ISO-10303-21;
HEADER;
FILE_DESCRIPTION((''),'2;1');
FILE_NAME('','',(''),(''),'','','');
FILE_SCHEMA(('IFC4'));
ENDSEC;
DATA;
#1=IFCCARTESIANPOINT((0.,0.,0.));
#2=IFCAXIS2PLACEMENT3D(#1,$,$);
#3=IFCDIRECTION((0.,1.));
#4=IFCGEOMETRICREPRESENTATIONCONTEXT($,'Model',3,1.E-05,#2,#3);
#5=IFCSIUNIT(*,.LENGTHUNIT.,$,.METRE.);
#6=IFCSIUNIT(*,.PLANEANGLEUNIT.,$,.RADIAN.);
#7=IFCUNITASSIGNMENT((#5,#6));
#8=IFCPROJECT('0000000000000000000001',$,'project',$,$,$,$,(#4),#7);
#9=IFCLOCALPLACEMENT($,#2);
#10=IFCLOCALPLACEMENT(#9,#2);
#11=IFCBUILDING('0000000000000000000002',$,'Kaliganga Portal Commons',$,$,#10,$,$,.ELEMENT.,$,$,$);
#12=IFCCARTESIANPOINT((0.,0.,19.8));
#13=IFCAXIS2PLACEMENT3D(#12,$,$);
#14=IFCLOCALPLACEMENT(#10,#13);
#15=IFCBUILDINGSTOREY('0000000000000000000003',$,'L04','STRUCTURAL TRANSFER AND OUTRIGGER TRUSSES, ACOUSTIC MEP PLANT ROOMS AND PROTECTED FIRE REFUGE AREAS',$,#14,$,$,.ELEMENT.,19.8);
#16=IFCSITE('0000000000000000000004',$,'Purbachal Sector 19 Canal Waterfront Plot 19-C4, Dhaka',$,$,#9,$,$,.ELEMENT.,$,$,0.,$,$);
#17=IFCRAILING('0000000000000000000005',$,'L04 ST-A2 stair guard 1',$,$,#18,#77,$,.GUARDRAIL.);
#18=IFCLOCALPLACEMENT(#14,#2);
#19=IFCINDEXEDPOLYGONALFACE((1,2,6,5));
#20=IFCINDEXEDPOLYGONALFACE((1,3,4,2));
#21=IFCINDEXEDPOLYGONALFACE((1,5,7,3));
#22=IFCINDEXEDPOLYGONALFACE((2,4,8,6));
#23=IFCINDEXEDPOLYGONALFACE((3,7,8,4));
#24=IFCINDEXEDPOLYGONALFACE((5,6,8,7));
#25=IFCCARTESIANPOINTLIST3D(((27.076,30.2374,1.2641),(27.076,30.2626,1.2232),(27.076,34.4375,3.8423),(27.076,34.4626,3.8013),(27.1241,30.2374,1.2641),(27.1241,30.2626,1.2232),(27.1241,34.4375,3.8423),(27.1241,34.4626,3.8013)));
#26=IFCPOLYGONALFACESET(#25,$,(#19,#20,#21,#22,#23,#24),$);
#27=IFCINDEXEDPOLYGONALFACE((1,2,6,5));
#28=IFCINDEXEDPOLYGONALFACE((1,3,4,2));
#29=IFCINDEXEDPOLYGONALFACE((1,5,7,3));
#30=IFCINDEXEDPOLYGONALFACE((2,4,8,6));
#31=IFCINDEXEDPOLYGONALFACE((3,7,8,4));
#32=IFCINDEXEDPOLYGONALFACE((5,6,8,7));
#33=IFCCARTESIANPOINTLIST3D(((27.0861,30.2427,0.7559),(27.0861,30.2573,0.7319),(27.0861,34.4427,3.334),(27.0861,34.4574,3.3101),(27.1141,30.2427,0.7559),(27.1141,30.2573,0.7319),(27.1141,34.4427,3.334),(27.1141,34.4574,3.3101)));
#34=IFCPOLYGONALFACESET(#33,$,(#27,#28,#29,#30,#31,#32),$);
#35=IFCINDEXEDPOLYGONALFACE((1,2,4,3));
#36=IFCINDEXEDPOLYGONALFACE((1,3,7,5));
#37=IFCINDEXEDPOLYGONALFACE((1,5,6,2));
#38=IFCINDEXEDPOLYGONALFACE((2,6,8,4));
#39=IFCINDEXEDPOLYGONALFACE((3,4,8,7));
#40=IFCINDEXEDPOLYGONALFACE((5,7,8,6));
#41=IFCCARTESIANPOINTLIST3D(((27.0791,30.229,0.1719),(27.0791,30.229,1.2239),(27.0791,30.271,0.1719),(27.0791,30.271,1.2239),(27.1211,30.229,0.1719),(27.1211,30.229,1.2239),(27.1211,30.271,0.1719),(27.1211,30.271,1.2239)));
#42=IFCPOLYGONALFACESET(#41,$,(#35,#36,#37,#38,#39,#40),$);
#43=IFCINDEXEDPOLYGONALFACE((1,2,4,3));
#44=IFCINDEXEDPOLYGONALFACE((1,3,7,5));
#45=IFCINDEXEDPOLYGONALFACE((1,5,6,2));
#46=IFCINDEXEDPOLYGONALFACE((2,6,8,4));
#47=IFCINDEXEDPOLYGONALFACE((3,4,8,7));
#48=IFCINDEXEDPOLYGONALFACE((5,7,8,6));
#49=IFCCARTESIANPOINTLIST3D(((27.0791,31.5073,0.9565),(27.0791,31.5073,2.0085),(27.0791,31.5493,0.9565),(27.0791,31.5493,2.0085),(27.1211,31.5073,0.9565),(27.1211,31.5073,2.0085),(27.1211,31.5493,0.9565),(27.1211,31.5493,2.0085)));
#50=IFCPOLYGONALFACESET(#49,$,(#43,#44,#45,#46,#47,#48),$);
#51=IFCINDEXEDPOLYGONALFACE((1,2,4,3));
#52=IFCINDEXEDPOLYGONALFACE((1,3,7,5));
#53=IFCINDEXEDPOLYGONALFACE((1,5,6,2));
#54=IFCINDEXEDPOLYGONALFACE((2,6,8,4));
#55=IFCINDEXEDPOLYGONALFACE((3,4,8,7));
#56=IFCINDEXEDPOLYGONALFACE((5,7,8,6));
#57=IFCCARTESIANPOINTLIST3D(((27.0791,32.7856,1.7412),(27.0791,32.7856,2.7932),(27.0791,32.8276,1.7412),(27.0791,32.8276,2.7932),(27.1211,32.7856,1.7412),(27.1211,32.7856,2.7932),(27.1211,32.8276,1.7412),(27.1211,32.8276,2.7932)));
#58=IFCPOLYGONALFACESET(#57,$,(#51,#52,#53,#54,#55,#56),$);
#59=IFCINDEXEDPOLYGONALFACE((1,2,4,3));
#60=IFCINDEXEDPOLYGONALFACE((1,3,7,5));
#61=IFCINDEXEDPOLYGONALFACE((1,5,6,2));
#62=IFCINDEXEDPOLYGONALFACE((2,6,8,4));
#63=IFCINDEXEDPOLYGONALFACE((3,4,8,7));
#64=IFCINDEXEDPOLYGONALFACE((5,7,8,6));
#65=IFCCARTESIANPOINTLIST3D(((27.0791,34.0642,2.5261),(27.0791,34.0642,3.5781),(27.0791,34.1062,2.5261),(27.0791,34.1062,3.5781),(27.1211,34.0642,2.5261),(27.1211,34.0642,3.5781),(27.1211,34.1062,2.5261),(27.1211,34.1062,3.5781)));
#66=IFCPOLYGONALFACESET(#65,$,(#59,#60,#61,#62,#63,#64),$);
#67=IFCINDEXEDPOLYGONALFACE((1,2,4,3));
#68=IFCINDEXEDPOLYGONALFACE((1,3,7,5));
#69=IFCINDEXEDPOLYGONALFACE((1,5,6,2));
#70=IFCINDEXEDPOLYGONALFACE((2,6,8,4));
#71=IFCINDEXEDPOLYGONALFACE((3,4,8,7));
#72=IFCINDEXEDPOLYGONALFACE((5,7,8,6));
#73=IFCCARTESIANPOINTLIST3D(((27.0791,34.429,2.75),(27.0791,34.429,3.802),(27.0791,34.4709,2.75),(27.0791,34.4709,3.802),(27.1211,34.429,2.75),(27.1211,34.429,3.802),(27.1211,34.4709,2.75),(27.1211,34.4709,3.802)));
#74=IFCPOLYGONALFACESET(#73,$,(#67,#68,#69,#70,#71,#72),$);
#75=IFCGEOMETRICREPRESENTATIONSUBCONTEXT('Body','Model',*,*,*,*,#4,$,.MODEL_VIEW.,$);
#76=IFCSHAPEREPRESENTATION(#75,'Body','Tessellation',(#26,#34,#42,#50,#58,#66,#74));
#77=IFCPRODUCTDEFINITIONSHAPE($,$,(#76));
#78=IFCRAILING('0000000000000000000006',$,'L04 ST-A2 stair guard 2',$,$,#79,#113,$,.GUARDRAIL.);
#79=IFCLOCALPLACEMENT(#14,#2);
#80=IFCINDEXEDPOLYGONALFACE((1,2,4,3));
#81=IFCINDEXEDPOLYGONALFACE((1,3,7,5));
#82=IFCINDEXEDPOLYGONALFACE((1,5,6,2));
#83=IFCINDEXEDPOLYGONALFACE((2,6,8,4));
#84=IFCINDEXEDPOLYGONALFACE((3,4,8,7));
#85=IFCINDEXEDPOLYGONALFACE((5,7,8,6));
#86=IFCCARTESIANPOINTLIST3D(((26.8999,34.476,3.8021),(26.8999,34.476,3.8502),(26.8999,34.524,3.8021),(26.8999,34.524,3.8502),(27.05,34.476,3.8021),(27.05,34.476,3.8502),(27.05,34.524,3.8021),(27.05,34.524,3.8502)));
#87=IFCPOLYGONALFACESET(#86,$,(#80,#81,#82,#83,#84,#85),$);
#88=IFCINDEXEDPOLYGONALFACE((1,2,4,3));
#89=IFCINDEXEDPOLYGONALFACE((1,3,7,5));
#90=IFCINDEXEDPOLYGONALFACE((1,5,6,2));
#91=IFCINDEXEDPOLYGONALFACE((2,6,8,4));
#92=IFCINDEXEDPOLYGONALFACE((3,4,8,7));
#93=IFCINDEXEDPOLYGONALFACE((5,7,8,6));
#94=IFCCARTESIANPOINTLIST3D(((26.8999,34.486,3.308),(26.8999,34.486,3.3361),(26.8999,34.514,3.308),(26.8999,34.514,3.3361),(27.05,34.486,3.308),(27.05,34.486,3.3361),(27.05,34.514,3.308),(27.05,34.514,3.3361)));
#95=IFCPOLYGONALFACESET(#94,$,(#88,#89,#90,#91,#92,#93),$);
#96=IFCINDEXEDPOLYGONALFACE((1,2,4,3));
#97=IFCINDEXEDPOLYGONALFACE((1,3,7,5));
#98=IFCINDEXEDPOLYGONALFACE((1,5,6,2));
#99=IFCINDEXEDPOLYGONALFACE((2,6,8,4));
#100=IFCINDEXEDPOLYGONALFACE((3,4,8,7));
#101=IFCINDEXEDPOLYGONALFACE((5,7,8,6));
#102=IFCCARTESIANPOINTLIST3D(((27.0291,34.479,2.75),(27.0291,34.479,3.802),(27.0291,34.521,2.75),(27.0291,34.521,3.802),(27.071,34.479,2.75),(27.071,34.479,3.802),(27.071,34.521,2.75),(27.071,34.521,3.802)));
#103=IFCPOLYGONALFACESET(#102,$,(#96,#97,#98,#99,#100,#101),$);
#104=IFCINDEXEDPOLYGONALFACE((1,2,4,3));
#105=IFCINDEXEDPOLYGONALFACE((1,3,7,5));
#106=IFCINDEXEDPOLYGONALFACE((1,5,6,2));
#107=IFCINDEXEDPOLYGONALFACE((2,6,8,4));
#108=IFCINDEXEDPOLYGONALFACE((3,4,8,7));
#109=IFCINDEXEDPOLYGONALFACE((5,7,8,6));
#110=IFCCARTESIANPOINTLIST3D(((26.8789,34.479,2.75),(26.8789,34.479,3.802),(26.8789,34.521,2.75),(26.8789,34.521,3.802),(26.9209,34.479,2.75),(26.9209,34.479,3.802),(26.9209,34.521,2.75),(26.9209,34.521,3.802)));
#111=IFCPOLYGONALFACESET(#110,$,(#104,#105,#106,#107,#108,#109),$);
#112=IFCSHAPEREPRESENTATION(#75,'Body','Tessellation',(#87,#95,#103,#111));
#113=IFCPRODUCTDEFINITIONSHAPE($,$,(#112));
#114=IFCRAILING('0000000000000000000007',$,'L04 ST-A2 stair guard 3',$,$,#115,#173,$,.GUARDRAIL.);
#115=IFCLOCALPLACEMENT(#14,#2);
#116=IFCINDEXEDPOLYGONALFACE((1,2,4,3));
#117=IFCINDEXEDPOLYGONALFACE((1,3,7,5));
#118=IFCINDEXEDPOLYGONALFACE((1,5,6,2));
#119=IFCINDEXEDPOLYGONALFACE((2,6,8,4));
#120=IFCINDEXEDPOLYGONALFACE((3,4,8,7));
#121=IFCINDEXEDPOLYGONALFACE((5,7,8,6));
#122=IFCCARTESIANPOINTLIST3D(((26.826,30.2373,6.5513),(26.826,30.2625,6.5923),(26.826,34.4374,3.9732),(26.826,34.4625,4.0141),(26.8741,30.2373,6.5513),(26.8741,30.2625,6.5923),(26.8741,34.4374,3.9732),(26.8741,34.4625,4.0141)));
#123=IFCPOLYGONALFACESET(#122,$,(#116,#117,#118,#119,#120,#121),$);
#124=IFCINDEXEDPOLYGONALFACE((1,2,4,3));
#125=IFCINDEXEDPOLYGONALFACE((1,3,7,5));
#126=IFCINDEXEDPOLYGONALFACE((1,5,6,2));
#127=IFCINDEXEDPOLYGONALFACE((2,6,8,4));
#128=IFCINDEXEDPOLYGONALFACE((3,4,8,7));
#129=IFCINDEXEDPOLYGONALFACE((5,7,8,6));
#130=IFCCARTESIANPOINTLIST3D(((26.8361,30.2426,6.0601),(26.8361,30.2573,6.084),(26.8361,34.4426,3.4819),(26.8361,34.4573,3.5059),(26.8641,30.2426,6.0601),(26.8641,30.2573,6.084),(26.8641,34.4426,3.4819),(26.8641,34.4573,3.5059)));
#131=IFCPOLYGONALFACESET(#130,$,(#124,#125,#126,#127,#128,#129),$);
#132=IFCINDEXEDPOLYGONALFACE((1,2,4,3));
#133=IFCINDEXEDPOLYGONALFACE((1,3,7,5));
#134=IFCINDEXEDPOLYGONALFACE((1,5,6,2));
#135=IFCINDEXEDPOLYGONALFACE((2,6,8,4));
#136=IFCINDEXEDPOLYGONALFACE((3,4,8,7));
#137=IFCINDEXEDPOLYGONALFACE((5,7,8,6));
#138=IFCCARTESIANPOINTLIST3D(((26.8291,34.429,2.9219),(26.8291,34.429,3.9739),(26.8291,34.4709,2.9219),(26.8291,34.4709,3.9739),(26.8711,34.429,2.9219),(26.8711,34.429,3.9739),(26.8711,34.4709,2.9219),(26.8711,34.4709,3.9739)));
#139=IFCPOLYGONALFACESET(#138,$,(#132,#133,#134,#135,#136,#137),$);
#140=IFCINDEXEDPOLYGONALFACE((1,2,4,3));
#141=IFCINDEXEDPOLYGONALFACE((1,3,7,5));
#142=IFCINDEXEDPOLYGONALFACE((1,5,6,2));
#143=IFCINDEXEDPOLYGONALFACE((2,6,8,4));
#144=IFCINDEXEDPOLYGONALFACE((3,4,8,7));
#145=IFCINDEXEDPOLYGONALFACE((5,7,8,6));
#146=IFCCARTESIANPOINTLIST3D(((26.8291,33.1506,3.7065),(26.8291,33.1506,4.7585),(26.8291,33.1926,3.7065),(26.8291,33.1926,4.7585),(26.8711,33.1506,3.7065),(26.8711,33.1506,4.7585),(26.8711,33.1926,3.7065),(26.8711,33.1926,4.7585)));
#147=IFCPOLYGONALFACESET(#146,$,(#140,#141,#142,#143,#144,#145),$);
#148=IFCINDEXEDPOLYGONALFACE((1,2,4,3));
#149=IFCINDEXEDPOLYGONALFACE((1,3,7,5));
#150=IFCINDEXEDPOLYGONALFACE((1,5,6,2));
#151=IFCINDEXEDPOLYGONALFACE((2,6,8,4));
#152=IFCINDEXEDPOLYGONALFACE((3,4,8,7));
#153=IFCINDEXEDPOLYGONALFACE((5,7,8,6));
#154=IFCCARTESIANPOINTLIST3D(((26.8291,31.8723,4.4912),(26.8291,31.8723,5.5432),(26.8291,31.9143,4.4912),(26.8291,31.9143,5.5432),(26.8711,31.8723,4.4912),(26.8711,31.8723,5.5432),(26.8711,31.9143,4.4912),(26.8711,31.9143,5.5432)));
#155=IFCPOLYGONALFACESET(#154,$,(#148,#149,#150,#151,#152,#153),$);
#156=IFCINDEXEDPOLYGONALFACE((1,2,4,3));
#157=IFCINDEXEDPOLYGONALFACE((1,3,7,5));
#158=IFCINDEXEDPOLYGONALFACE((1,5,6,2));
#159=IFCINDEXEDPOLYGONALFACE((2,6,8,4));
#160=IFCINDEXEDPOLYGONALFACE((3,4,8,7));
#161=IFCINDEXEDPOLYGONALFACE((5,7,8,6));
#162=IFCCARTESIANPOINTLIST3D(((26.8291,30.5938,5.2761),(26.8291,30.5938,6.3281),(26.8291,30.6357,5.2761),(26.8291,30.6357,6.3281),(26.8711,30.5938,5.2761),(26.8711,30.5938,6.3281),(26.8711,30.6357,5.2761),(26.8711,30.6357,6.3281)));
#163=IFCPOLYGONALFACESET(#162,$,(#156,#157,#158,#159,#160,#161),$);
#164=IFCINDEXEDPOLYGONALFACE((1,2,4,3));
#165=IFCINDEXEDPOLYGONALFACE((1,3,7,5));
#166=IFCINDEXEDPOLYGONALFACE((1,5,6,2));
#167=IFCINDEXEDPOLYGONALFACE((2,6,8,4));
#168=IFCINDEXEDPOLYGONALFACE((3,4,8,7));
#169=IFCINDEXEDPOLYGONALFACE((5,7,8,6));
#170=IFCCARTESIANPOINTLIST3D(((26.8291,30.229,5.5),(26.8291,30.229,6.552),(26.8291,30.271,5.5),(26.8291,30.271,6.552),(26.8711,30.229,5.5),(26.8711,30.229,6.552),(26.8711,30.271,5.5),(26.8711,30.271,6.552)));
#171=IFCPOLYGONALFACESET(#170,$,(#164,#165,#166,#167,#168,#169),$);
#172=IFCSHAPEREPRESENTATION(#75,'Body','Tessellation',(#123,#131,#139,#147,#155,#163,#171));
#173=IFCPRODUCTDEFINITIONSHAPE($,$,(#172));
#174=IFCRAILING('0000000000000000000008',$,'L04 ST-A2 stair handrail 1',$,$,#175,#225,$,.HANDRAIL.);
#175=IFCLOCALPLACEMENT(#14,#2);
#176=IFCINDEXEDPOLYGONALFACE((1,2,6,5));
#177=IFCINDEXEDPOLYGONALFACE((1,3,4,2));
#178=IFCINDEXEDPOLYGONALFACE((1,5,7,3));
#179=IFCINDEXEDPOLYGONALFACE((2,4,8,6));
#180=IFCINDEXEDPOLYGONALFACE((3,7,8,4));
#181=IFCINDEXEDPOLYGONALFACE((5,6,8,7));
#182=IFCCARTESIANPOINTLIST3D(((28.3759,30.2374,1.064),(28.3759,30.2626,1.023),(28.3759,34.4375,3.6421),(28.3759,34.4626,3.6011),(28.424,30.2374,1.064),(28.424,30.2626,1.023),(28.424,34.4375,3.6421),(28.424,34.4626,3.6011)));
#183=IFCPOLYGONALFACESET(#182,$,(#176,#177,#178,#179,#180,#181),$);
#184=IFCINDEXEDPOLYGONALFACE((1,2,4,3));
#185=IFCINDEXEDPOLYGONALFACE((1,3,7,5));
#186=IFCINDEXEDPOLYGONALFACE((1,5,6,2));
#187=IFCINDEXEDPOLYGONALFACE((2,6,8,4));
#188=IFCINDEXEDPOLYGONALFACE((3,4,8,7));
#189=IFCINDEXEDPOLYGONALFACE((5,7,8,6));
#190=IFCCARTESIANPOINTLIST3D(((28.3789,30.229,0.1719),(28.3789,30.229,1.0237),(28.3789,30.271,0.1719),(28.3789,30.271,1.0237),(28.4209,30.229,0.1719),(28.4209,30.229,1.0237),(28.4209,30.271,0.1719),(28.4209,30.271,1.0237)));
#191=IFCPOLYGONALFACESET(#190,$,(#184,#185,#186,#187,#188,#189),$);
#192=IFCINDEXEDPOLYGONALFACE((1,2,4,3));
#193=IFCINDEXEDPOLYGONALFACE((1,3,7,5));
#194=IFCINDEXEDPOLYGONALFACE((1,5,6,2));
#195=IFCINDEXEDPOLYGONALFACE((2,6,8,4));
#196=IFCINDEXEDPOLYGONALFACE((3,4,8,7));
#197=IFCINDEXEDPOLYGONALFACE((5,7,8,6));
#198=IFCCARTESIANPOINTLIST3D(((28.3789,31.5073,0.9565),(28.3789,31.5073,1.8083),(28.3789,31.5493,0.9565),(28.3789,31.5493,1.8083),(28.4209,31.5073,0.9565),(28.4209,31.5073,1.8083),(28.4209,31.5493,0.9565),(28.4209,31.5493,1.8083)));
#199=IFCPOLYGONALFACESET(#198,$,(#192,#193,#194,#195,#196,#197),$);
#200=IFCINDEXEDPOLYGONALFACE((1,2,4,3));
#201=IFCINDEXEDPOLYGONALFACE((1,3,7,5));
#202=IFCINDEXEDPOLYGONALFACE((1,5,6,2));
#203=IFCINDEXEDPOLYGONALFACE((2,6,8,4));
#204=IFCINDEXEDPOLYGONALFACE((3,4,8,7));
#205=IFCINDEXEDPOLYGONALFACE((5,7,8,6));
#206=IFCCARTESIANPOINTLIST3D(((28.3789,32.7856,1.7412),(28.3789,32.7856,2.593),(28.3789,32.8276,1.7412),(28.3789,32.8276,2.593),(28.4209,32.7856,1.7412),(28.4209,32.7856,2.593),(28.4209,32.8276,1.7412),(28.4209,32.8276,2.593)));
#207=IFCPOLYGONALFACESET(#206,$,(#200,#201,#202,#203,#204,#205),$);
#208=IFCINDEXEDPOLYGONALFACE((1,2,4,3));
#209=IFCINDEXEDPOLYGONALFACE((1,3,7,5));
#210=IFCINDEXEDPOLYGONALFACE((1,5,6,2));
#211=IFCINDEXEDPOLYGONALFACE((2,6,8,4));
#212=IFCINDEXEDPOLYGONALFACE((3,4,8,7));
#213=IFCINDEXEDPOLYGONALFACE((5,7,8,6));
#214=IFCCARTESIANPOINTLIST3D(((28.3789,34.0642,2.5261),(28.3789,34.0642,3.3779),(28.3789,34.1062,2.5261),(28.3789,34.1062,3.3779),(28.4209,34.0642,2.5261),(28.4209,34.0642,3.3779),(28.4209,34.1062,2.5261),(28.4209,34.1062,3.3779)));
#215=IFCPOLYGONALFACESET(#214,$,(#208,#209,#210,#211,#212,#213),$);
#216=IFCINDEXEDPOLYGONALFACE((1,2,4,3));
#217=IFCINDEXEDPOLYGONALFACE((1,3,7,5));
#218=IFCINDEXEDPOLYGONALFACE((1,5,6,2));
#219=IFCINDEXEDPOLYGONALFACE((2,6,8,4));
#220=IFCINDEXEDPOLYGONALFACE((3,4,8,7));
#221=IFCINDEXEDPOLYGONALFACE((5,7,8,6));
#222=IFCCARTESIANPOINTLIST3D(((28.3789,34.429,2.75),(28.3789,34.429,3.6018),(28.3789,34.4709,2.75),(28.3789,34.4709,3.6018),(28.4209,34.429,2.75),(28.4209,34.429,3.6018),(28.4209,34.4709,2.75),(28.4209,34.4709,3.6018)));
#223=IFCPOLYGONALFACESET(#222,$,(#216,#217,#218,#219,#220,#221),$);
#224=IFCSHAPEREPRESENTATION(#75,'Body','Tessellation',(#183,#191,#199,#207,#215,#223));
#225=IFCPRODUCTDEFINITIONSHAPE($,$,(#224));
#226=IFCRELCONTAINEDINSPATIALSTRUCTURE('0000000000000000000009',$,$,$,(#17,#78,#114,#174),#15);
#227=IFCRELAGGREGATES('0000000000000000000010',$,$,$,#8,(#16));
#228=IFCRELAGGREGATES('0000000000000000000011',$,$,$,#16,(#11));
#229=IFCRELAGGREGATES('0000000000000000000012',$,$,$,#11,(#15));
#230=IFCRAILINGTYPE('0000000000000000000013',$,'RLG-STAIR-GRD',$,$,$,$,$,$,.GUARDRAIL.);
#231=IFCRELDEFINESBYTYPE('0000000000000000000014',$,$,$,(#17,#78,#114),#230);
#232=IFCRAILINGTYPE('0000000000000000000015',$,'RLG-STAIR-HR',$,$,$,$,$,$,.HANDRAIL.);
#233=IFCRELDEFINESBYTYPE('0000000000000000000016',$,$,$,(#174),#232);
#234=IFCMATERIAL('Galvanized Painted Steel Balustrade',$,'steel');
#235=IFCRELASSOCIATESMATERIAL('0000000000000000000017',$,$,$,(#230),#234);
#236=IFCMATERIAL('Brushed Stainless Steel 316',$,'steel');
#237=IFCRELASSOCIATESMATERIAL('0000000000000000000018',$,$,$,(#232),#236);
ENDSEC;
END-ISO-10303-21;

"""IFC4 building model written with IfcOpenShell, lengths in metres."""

from ifc_helpers import new_model, si_unit, direction, frame, origin, origin_2d, place, context, subcontext, project, spatial, rectangle, extrude, material, type_object, element, save


model = new_model("IFC4")

# Units and contexts
model_context = context("Model", 3, precision=1e-05, world=origin(), true_north=direction((0.0, 1.0)))
body_context = subcontext(model_context, "Body", "Model", "MODEL_VIEW")
ifc_project = project(units=[si_unit("LENGTHUNIT", "METRE"), si_unit("PLANEANGLEUNIT", "RADIAN")], contexts=[model_context])

# Site, building, storey
site_placement = place(None, origin())
site = spatial("IfcSite", under=ifc_project, at=site_placement, Name="Purbachal Sector 19 Canal Waterfront Plot 19-C4, Dhaka", CompositionType="ELEMENT", RefElevation=0.0)
building_placement = place(site_placement, origin())
building = spatial("IfcBuilding", under=site, at=building_placement, Name="Kaliganga Portal Commons", CompositionType="ELEMENT")
storey_placement = place(building_placement, frame((0.0, 0.0, 19.8)))
storey = spatial("IfcBuildingStorey", under=building, at=storey_placement, Name="L04", Description="STRUCTURAL TRANSFER AND OUTRIGGER TRUSSES, ACOUSTIC MEP PLANT ROOMS AND PROTECTED FIRE REFUGE AREAS", CompositionType="ELEMENT", Elevation=19.8)

# Railings
ifc_material_1 = material(Name="Galvanized Painted Steel Balustrade", Category="steel")
railing_type_1 = type_object("IfcRailingType", Name="RLG-STAIR-GRD", PredefinedType="GUARDRAIL", material=ifc_material_1)
railing_1_placement = place(storey_placement, frame((27.1001, 30.25, 0.1719)))
element("IfcRailing", 1, at=railing_1_placement, inside=storey, type_object=railing_type_1, Name="L04 ST-A2 stair guard 1", PredefinedType="GUARDRAIL", context=body_context, shape_type="SweptSolid", body=[
    extrude(rectangle(XDim=0.0481, YDim=0.0481, at=origin_2d()), frame((0.0, 0.0, 1.0718), z_axis=(0.0, 0.852243, 0.523146), x_axis=(-1.0, 0.0, 0.0)), (0.0, 0.0, 1.0), 4.9282),
    extrude(rectangle(XDim=0.0281, YDim=0.0281, at=origin_2d()), frame((0.0, 0.0, 0.572), z_axis=(0.0, 0.852243, 0.523146), x_axis=(-1.0, 0.0, 0.0)), (0.0, 0.0, 1.0), 4.9282),
    extrude(rectangle(XDim=0.042, YDim=0.042, at=origin_2d()), origin(), (0.0, 0.0, 1.0), 1.052),
    extrude(rectangle(XDim=0.042, YDim=0.042, at=origin_2d()), frame((0.0, 1.2783, 0.7847)), (0.0, 0.0, 1.0), 1.052),
    extrude(rectangle(XDim=0.042, YDim=0.042, at=origin_2d()), frame((0.0, 2.5566, 1.5693)), (0.0, 0.0, 1.0), 1.052),
    extrude(rectangle(XDim=0.042, YDim=0.042, at=origin_2d()), frame((0.0, 3.8352, 2.3542)), (0.0, 0.0, 1.0), 1.052),
    extrude(rectangle(XDim=0.042, YDim=0.042, at=origin_2d()), frame((0.0, 4.2, 2.5781)), (0.0, 0.0, 1.0), 1.052),
])
railing_2_placement = place(storey_placement, frame((27.05, 34.5, 2.75)))
element("IfcRailing", 2, at=railing_2_placement, inside=storey, type_object=railing_type_1, Name="L04 ST-A2 stair guard 2", PredefinedType="GUARDRAIL", context=body_context, shape_type="SweptSolid", body=[
    extrude(rectangle(XDim=0.0481, YDim=0.0481, at=origin_2d()), frame((0.0, 0.0, 1.0762), z_axis=(-1.0, 0.0, 0.0), x_axis=(0.0, -1.0, 0.0)), (0.0, 0.0, 1.0), 0.1501),
    extrude(rectangle(XDim=0.0281, YDim=0.0281, at=origin_2d()), frame((0.0, 0.0, 0.572), z_axis=(-1.0, 0.0, 0.0), x_axis=(0.0, -1.0, 0.0)), (0.0, 0.0, 1.0), 0.1501),
    extrude(rectangle(XDim=0.042, YDim=0.042, at=origin_2d()), origin(), (0.0, 0.0, 1.0), 1.052),
    extrude(rectangle(XDim=0.042, YDim=0.042, at=origin_2d()), frame((-0.1501, 0.0, 0.0)), (0.0, 0.0, 1.0), 1.052),
])
railing_3_placement = place(storey_placement, frame((26.8501, 34.45, 2.9219)))
element("IfcRailing", 3, at=railing_3_placement, inside=storey, type_object=railing_type_1, Name="L04 ST-A2 stair guard 3", PredefinedType="GUARDRAIL", context=body_context, shape_type="SweptSolid", body=[
    extrude(rectangle(XDim=0.0481, YDim=0.0481, at=origin_2d()), frame((0.0, 0.0, 1.0718), z_axis=(0.0, -0.852243, 0.523146), x_axis=(1.0, 0.0, 0.0)), (0.0, 0.0, 1.0), 4.9282),
    extrude(rectangle(XDim=0.0281, YDim=0.0281, at=origin_2d()), frame((0.0, 0.0, 0.572), z_axis=(0.0, -0.852243, 0.523146), x_axis=(1.0, 0.0, 0.0)), (0.0, 0.0, 1.0), 4.9282),
    extrude(rectangle(XDim=0.042, YDim=0.042, at=origin_2d()), origin(), (0.0, 0.0, 1.0), 1.052),
    extrude(rectangle(XDim=0.042, YDim=0.042, at=origin_2d()), frame((0.0, -1.2783, 0.7847)), (0.0, 0.0, 1.0), 1.052),
    extrude(rectangle(XDim=0.042, YDim=0.042, at=origin_2d()), frame((0.0, -2.5566, 1.5693)), (0.0, 0.0, 1.0), 1.052),
    extrude(rectangle(XDim=0.042, YDim=0.042, at=origin_2d()), frame((0.0, -3.8352, 2.3542)), (0.0, 0.0, 1.0), 1.052),
    extrude(rectangle(XDim=0.042, YDim=0.042, at=origin_2d()), frame((0.0, -4.2, 2.5781)), (0.0, 0.0, 1.0), 1.052),
])
ifc_material_2 = material(Name="Brushed Stainless Steel 316", Category="steel")
railing_type_2 = type_object("IfcRailingType", Name="RLG-STAIR-HR", PredefinedType="HANDRAIL", material=ifc_material_2)
railing_4_placement = place(storey_placement, frame((28.3999, 30.25, 0.1719)))
element("IfcRailing", 4, at=railing_4_placement, inside=storey, type_object=railing_type_2, Name="L04 ST-A2 stair handrail 1", PredefinedType="HANDRAIL", context=body_context, shape_type="SweptSolid", body=[
    extrude(rectangle(XDim=0.0481, YDim=0.0481, at=origin_2d()), frame((0.0, 0.0, 0.8716), z_axis=(0.0, 0.852243, 0.523146), x_axis=(-1.0, 0.0, 0.0)), (0.0, 0.0, 1.0), 4.9282),
    extrude(rectangle(XDim=0.042, YDim=0.042, at=origin_2d()), origin(), (0.0, 0.0, 1.0), 0.8518),
    extrude(rectangle(XDim=0.042, YDim=0.042, at=origin_2d()), frame((0.0, 1.2783, 0.7847)), (0.0, 0.0, 1.0), 0.8518),
    extrude(rectangle(XDim=0.042, YDim=0.042, at=origin_2d()), frame((0.0, 2.5566, 1.5693)), (0.0, 0.0, 1.0), 0.8518),
    extrude(rectangle(XDim=0.042, YDim=0.042, at=origin_2d()), frame((0.0, 3.8352, 2.3542)), (0.0, 0.0, 1.0), 0.8518),
    extrude(rectangle(XDim=0.042, YDim=0.042, at=origin_2d()), frame((0.0, 4.2, 2.5781)), (0.0, 0.0, 1.0), 0.8518),
])

save(model, "model.ifc")
